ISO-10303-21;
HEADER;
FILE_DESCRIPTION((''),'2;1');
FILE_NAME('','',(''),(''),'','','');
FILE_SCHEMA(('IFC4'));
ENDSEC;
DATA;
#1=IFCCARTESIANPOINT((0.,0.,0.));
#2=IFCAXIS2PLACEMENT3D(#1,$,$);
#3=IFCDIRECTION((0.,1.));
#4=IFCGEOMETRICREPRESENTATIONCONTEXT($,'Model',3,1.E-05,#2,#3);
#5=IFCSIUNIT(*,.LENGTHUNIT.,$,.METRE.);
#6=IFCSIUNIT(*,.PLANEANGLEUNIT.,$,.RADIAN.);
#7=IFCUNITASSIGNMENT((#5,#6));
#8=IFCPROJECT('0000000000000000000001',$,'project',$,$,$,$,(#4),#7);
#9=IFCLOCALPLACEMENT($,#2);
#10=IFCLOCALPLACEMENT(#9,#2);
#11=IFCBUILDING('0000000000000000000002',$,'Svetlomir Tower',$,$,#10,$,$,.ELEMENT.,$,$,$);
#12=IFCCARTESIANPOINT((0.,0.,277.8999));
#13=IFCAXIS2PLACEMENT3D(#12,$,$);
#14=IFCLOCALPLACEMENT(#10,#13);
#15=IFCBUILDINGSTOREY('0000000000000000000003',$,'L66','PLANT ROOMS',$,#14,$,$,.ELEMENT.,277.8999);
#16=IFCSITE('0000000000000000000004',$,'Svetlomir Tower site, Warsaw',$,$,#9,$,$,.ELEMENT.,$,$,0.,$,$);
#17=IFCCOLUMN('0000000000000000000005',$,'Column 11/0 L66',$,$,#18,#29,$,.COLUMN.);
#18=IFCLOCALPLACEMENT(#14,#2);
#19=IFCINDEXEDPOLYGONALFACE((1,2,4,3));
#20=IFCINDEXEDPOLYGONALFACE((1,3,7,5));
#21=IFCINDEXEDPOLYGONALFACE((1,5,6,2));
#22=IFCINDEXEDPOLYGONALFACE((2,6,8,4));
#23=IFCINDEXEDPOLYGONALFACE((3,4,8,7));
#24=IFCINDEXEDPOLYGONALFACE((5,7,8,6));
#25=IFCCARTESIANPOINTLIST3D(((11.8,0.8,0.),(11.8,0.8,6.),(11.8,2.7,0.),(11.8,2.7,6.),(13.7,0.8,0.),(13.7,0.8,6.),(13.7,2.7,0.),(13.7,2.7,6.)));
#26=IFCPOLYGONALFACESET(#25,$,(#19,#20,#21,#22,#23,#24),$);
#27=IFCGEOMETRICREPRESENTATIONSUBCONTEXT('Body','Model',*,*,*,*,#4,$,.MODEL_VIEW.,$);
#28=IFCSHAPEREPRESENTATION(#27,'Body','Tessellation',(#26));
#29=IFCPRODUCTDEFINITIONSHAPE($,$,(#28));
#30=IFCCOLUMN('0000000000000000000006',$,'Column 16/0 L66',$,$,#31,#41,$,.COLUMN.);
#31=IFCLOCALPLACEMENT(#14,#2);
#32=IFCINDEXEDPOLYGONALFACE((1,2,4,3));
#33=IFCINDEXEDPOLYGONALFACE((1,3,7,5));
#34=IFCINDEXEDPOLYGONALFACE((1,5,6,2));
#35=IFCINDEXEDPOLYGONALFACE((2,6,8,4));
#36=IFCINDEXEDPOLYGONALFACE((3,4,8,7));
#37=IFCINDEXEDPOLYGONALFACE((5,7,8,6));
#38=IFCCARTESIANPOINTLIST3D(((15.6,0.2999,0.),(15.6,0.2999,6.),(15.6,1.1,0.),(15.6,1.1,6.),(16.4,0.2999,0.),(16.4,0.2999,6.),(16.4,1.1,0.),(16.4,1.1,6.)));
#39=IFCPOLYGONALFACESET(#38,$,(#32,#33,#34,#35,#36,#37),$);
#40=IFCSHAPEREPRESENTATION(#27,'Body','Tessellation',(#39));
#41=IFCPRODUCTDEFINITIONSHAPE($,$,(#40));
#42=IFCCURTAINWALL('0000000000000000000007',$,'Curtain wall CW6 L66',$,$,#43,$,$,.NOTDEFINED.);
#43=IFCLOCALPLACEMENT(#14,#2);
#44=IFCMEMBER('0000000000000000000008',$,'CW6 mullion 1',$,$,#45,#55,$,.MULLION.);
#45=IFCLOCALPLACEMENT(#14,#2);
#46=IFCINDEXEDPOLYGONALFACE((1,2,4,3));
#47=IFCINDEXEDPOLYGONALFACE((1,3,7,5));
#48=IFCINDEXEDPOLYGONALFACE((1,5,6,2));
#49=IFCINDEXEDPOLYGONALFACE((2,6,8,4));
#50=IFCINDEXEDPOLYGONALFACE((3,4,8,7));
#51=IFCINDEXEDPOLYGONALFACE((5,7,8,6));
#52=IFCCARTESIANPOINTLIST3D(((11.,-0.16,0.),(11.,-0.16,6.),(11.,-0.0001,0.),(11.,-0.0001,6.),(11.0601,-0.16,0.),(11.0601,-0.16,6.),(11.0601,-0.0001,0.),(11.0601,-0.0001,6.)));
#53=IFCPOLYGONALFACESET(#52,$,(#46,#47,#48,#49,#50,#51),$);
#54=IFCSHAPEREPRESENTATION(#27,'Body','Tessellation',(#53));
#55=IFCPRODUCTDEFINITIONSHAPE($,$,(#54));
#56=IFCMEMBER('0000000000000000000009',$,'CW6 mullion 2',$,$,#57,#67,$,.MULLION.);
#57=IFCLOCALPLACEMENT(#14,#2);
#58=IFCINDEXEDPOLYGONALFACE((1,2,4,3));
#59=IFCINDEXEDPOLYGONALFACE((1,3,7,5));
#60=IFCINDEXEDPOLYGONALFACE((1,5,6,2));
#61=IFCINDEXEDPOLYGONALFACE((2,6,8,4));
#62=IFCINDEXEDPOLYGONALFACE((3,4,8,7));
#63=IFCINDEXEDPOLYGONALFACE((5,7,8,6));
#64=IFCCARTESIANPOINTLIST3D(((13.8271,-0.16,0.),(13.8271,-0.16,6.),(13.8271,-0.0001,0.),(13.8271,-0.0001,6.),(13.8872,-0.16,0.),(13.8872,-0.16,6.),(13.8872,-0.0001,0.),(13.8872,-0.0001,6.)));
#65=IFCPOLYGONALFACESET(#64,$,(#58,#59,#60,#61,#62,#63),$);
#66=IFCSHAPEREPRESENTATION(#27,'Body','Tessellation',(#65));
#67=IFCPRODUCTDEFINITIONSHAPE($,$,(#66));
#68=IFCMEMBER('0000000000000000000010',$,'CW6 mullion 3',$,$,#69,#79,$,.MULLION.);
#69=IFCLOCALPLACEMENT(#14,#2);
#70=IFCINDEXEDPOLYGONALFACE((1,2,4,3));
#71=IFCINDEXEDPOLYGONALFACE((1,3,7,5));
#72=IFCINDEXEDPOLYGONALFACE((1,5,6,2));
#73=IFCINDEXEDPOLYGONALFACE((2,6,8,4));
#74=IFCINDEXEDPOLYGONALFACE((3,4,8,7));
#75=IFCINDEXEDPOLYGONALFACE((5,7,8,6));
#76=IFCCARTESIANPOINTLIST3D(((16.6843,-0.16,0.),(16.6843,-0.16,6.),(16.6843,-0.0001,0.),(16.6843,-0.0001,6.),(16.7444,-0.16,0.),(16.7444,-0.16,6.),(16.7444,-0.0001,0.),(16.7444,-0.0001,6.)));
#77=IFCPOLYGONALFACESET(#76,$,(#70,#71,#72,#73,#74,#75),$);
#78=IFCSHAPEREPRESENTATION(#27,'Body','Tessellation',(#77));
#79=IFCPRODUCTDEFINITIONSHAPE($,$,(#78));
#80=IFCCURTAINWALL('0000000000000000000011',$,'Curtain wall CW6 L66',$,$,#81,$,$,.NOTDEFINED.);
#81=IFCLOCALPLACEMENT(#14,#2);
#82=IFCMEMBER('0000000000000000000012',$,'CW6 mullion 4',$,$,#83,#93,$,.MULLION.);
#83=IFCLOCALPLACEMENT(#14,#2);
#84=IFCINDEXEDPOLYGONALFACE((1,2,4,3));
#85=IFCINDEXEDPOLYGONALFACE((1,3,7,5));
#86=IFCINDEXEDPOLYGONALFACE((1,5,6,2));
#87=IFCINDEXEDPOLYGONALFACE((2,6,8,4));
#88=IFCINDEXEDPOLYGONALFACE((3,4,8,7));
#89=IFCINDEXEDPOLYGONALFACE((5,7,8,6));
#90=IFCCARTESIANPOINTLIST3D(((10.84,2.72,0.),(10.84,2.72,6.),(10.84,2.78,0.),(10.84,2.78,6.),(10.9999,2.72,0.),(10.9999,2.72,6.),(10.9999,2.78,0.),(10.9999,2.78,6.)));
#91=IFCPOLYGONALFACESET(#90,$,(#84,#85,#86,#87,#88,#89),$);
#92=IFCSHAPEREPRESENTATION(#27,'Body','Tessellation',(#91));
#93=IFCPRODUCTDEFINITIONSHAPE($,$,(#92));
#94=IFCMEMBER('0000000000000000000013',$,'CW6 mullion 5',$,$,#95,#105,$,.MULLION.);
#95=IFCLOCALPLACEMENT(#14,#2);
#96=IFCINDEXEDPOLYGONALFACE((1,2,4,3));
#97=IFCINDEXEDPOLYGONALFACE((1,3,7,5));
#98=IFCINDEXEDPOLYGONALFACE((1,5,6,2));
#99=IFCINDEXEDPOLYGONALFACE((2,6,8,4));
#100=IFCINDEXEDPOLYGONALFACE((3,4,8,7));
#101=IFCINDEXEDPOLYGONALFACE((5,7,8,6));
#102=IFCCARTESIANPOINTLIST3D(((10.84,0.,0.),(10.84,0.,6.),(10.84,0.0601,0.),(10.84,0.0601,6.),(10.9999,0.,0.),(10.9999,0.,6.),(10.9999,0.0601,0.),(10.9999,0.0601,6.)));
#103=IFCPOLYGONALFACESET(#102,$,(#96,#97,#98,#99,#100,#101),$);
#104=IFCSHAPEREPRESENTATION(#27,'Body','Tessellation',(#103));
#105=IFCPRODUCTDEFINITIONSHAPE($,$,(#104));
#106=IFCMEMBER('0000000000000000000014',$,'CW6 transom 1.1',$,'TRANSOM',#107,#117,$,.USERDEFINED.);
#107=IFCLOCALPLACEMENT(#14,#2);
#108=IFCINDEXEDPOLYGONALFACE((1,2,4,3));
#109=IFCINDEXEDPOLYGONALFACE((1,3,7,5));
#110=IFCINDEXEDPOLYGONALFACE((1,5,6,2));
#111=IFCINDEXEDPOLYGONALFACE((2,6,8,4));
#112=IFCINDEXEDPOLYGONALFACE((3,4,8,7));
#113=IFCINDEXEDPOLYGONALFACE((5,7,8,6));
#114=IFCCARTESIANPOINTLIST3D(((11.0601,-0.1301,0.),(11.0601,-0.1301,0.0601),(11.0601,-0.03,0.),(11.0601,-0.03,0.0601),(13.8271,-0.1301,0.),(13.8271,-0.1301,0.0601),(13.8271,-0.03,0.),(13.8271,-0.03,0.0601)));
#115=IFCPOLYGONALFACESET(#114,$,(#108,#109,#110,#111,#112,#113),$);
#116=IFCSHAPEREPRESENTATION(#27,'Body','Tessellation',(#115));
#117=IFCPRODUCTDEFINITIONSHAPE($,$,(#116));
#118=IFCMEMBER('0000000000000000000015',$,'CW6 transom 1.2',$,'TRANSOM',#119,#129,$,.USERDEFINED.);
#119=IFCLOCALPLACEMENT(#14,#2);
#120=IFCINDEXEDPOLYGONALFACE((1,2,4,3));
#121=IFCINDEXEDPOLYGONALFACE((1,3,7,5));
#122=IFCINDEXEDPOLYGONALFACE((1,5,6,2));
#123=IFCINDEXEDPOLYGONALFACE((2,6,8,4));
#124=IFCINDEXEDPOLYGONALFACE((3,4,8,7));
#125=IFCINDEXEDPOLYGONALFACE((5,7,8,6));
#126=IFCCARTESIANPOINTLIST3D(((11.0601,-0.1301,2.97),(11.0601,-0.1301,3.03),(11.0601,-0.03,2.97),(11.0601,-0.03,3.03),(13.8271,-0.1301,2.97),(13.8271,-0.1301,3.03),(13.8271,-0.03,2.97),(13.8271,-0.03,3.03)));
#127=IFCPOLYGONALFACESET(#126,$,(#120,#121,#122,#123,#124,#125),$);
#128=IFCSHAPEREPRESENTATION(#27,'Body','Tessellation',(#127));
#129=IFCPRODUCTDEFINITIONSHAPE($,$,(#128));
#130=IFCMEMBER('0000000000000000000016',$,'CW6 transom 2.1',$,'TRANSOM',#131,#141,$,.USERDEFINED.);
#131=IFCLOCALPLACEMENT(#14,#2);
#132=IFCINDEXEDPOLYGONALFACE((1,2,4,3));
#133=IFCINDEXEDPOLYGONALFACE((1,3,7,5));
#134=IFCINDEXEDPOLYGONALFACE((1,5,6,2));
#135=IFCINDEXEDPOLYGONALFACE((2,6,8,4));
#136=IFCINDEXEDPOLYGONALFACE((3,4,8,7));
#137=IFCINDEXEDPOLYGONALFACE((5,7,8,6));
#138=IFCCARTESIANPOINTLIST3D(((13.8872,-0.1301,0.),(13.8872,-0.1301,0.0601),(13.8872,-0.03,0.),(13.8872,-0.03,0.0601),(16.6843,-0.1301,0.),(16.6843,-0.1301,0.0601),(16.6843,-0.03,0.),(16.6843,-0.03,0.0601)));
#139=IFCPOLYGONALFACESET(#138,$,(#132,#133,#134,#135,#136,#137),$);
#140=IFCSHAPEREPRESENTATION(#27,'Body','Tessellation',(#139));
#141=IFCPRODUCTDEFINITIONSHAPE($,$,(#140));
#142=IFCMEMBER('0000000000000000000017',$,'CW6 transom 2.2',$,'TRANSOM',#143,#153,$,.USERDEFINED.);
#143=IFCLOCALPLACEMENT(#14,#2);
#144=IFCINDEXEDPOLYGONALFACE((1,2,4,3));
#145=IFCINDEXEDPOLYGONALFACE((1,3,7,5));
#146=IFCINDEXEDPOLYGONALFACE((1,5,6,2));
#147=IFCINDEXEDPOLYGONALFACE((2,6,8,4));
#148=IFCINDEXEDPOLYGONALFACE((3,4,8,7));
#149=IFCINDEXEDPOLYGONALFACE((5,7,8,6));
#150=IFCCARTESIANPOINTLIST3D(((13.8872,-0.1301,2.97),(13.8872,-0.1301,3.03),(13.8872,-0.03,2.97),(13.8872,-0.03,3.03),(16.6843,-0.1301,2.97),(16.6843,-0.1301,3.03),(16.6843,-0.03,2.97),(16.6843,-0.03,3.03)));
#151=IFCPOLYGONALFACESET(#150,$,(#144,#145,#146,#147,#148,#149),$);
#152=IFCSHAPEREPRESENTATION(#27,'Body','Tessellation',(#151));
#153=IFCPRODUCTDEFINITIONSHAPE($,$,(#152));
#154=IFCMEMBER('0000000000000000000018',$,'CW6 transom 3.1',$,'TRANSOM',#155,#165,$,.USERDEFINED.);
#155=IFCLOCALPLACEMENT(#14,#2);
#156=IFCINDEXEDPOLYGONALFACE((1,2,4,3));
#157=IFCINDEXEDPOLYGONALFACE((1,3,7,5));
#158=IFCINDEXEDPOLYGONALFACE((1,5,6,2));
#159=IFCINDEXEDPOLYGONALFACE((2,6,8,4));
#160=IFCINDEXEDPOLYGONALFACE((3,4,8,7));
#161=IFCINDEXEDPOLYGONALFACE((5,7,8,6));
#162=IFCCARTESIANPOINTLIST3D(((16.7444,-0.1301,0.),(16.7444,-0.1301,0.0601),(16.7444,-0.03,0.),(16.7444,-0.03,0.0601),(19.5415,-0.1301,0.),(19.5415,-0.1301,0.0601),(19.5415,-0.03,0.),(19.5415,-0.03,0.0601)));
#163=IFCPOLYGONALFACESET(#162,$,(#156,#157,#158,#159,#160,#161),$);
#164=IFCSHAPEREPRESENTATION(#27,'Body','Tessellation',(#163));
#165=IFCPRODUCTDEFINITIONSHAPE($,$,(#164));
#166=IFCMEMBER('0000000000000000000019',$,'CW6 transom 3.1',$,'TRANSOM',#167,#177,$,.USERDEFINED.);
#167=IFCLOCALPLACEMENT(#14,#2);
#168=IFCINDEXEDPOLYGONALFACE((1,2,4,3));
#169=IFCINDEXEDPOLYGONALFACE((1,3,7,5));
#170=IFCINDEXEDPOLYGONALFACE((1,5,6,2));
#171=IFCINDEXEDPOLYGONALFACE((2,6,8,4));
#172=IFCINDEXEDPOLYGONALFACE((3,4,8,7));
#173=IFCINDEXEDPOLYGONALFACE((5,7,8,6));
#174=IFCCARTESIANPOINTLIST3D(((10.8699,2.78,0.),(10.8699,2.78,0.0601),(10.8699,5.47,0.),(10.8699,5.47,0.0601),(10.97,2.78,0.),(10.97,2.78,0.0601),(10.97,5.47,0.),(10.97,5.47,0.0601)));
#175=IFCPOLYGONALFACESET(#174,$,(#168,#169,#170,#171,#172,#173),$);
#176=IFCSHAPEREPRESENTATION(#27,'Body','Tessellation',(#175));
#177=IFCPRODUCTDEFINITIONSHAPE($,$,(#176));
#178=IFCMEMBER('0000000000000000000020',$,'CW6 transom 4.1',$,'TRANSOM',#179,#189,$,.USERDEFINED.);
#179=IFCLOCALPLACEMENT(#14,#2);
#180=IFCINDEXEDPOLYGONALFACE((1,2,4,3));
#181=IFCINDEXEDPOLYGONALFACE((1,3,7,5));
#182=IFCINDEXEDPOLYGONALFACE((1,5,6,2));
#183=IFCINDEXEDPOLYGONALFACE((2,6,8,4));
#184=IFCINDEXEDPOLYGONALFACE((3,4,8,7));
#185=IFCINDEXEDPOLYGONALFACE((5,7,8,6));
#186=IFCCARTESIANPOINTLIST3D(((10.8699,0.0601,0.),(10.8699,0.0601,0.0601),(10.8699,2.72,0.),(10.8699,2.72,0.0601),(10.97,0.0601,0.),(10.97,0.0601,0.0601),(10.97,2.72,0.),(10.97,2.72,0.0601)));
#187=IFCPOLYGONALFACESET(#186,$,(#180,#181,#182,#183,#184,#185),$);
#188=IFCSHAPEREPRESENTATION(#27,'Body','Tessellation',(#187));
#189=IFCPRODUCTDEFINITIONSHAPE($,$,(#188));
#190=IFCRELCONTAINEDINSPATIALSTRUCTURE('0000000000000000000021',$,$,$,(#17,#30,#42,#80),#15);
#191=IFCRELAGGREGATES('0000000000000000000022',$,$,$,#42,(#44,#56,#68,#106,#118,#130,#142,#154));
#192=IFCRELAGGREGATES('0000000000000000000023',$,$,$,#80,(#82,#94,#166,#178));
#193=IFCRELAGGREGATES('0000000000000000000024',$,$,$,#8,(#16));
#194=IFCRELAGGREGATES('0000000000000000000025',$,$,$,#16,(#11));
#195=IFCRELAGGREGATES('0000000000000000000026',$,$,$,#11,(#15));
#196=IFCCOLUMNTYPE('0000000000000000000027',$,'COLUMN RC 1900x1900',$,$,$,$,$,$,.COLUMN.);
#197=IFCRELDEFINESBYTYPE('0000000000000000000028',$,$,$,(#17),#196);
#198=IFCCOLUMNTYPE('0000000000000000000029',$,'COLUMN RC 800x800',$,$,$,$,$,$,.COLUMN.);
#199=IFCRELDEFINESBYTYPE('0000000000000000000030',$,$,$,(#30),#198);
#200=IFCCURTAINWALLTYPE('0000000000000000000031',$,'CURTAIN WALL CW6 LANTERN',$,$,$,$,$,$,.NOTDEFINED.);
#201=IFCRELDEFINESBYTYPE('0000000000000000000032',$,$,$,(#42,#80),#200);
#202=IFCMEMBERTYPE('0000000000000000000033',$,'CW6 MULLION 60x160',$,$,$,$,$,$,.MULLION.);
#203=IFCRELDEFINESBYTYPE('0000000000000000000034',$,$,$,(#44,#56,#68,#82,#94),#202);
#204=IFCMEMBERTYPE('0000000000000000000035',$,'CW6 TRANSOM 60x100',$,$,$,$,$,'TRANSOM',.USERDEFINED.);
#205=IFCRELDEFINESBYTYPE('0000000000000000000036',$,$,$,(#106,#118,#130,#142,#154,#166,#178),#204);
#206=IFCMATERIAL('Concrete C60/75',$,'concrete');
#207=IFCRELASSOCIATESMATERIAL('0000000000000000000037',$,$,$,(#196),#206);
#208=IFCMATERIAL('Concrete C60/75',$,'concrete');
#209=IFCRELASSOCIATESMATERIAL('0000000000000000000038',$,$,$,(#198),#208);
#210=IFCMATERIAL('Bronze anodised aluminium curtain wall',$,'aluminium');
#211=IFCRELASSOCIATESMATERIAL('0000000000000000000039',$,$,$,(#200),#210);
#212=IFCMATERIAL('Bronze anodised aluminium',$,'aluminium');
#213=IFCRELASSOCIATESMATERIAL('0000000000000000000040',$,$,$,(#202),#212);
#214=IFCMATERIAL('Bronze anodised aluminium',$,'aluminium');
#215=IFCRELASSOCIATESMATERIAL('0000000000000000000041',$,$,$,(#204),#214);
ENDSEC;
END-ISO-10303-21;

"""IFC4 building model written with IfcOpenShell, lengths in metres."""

from ifc_helpers import new_model, si_unit, direction, frame, origin, origin_2d, place, context, subcontext, project, spatial, rectangle, extrude, material, material_profile, profile_set, type_object, element, aggregate, save


model = new_model("IFC4")

# Units and contexts
model_context = context("Model", 3, precision=1e-05, world=origin(), true_north=direction((0.0, 1.0)))
body_context = subcontext(model_context, "Body", "Model", "MODEL_VIEW")
ifc_project = project(units=[si_unit("LENGTHUNIT", "METRE"), si_unit("PLANEANGLEUNIT", "RADIAN")], contexts=[model_context])

# Site, building, storey
site_placement = place(None, origin())
site = spatial("IfcSite", under=ifc_project, at=site_placement, Name="Svetlomir Tower site, Warsaw", CompositionType="ELEMENT", RefElevation=0.0)
building_placement = place(site_placement, origin())
building = spatial("IfcBuilding", under=site, at=building_placement, Name="Svetlomir Tower", CompositionType="ELEMENT")
storey_placement = place(building_placement, frame((0.0, 0.0, 277.8999)))
storey = spatial("IfcBuildingStorey", under=building, at=storey_placement, Name="L66", Description="PLANT ROOMS", CompositionType="ELEMENT", Elevation=277.8999)

# Columns
ifc_material_1 = material(Name="Concrete C60/75", Category="concrete")
ifc_material_profile_1 = material_profile(ifc_material_1, rectangle(XDim=1.8999, YDim=1.8999, at=origin_2d()), Name="RC 1900x1900")
ifc_profile_set_1 = profile_set([ifc_material_profile_1], Name="Concrete C60/75")
column_type_1 = type_object("IfcColumnType", Name="COLUMN RC 1900x1900", PredefinedType="COLUMN", material=ifc_profile_set_1)
column_1_placement = place(storey_placement, frame((12.75, 1.75, 0.0), z_axis=(0.0, 0.0, 1.0), x_axis=(1.0, 0.0, 0.0)))
element("IfcColumn", 1, at=column_1_placement, inside=storey, type_object=column_type_1, Name="Column 11/0 L66", PredefinedType="COLUMN", context=body_context, shape_type="SweptSolid", body=[
    extrude(rectangle(XDim=1.8999, YDim=1.8999, at=origin_2d()), origin(), (0.0, 0.0, 1.0), 6.0),
])
ifc_material_2 = material(Name="Concrete C60/75", Category="concrete")
ifc_material_profile_2 = material_profile(ifc_material_2, rectangle(XDim=0.8, YDim=0.8, at=origin_2d()), Name="RC 800x800")
ifc_profile_set_2 = profile_set([ifc_material_profile_2], Name="Concrete C60/75")
column_type_2 = type_object("IfcColumnType", Name="COLUMN RC 800x800", PredefinedType="COLUMN", material=ifc_profile_set_2)
column_2_placement = place(storey_placement, frame((16.0, 0.7, 0.0), z_axis=(0.0, 0.0, 1.0), x_axis=(1.0, 0.0, 0.0)))
element("IfcColumn", 2, at=column_2_placement, inside=storey, type_object=column_type_2, Name="Column 16/0 L66", PredefinedType="COLUMN", context=body_context, shape_type="SweptSolid", body=[
    extrude(rectangle(XDim=0.8, YDim=0.8, at=origin_2d()), origin(), (0.0, 0.0, 1.0), 6.0),
])

# Curtain walls, members
ifc_material_3 = material(Name="Bronze anodised aluminium curtain wall", Category="aluminium")
curtain_wall_type = type_object("IfcCurtainWallType", Name="CURTAIN WALL CW6 LANTERN", PredefinedType="NOTDEFINED", material=ifc_material_3)
curtain_wall_1_placement = place(storey_placement, origin())
curtain_wall_1 = element("IfcCurtainWall", 3, at=curtain_wall_1_placement, inside=storey, type_object=curtain_wall_type, Name="Curtain wall CW6 L66", PredefinedType="NOTDEFINED")
ifc_material_4 = material(Name="Bronze anodised aluminium", Category="aluminium")
ifc_material_profile_3 = material_profile(ifc_material_4, rectangle(XDim=0.0601, YDim=0.1599, at=origin_2d()), Name="AL 60x160")
ifc_profile_set_3 = profile_set([ifc_material_profile_3], Name="Bronze anodised aluminium 6063-T6")
member_type_1 = type_object("IfcMemberType", Name="CW6 MULLION 60x160", PredefinedType="MULLION", material=ifc_profile_set_3)
member_1_placement = place(storey_placement, frame((11.03, -0.0801, 0.0), z_axis=(0.0, 0.0, 1.0), x_axis=(1.0, 0.0, 0.0)))
member_1 = element("IfcMember", 4, at=member_1_placement, type_object=member_type_1, Name="CW6 mullion 1", PredefinedType="MULLION", context=body_context, shape_type="SweptSolid", body=[
    extrude(rectangle(XDim=0.0601, YDim=0.1599, at=origin_2d()), origin(), (0.0, 0.0, 1.0), 6.0),
])
member_2_placement = place(storey_placement, frame((13.8572, -0.0801, 0.0), z_axis=(0.0, 0.0, 1.0), x_axis=(1.0, 0.0, 0.0)))
member_2 = element("IfcMember", 5, at=member_2_placement, type_object=member_type_1, Name="CW6 mullion 2", PredefinedType="MULLION", context=body_context, shape_type="SweptSolid", body=[
    extrude(rectangle(XDim=0.0601, YDim=0.1599, at=origin_2d()), origin(), (0.0, 0.0, 1.0), 6.0),
])
member_3_placement = place(storey_placement, frame((16.7144, -0.0801, 0.0), z_axis=(0.0, 0.0, 1.0), x_axis=(1.0, 0.0, 0.0)))
member_3 = element("IfcMember", 6, at=member_3_placement, type_object=member_type_1, Name="CW6 mullion 3", PredefinedType="MULLION", context=body_context, shape_type="SweptSolid", body=[
    extrude(rectangle(XDim=0.0601, YDim=0.1599, at=origin_2d()), origin(), (0.0, 0.0, 1.0), 6.0),
])
curtain_wall_2_placement = place(storey_placement, origin())
curtain_wall_2 = element("IfcCurtainWall", 7, at=curtain_wall_2_placement, inside=storey, type_object=curtain_wall_type, Name="Curtain wall CW6 L66", PredefinedType="NOTDEFINED")
member_4_placement = place(storey_placement, frame((10.9199, 2.75, 0.0), z_axis=(0.0, 0.0, 1.0), x_axis=(0.0, -1.0, 0.0)))
member_4 = element("IfcMember", 8, at=member_4_placement, type_object=member_type_1, Name="CW6 mullion 4", PredefinedType="MULLION", context=body_context, shape_type="SweptSolid", body=[
    extrude(rectangle(XDim=0.0601, YDim=0.1599, at=origin_2d()), origin(), (0.0, 0.0, 1.0), 6.0),
])
member_5_placement = place(storey_placement, frame((10.9199, 0.03, 0.0), z_axis=(0.0, 0.0, 1.0), x_axis=(0.0, -1.0, 0.0)))
member_5 = element("IfcMember", 9, at=member_5_placement, type_object=member_type_1, Name="CW6 mullion 5", PredefinedType="MULLION", context=body_context, shape_type="SweptSolid", body=[
    extrude(rectangle(XDim=0.0601, YDim=0.1599, at=origin_2d()), origin(), (0.0, 0.0, 1.0), 6.0),
])

# Members
ifc_material_5 = material(Name="Bronze anodised aluminium", Category="aluminium")
ifc_material_profile_4 = material_profile(ifc_material_5, rectangle(XDim=0.1001, YDim=0.0601, at=origin_2d()), Name="AL 100x60")
ifc_profile_set_4 = profile_set([ifc_material_profile_4], Name="Bronze anodised aluminium 6063-T6")
member_type_2 = type_object("IfcMemberType", Name="CW6 TRANSOM 60x100", ElementType="TRANSOM", PredefinedType="USERDEFINED", material=ifc_profile_set_4)
member_6_placement = place(storey_placement, frame((11.0601, -0.0801, 0.03), z_axis=(1.0, 0.0, 0.0), x_axis=(0.0, 1.0, 0.0)))
member_6 = element("IfcMember", 10, at=member_6_placement, type_object=member_type_2, Name="CW6 transom 1.1", ObjectType="TRANSOM", PredefinedType="USERDEFINED", context=body_context, shape_type="SweptSolid", body=[
    extrude(rectangle(XDim=0.1001, YDim=0.0601, at=origin_2d()), origin(), (0.0, 0.0, 1.0), 2.7671),
])
member_7_placement = place(storey_placement, frame((11.0601, -0.0801, 3.0), z_axis=(1.0, 0.0, 0.0), x_axis=(0.0, 1.0, 0.0)))
member_7 = element("IfcMember", 11, at=member_7_placement, type_object=member_type_2, Name="CW6 transom 1.2", ObjectType="TRANSOM", PredefinedType="USERDEFINED", context=body_context, shape_type="SweptSolid", body=[
    extrude(rectangle(XDim=0.1001, YDim=0.0601, at=origin_2d()), origin(), (0.0, 0.0, 1.0), 2.7671),
])
member_8_placement = place(storey_placement, frame((13.8872, -0.0801, 0.03), z_axis=(1.0, 0.0, 0.0), x_axis=(0.0, 1.0, 0.0)))
member_8 = element("IfcMember", 12, at=member_8_placement, type_object=member_type_2, Name="CW6 transom 2.1", ObjectType="TRANSOM", PredefinedType="USERDEFINED", context=body_context, shape_type="SweptSolid", body=[
    extrude(rectangle(XDim=0.1001, YDim=0.0601, at=origin_2d()), origin(), (0.0, 0.0, 1.0), 2.7971),
])
member_9_placement = place(storey_placement, frame((13.8872, -0.0801, 3.0), z_axis=(1.0, 0.0, 0.0), x_axis=(0.0, 1.0, 0.0)))
member_9 = element("IfcMember", 13, at=member_9_placement, type_object=member_type_2, Name="CW6 transom 2.2", ObjectType="TRANSOM", PredefinedType="USERDEFINED", context=body_context, shape_type="SweptSolid", body=[
    extrude(rectangle(XDim=0.1001, YDim=0.0601, at=origin_2d()), origin(), (0.0, 0.0, 1.0), 2.7971),
])
member_10_placement = place(storey_placement, frame((16.7444, -0.0801, 0.03), z_axis=(1.0, 0.0, 0.0), x_axis=(0.0, 1.0, 0.0)))
member_10 = element("IfcMember", 14, at=member_10_placement, type_object=member_type_2, Name="CW6 transom 3.1", ObjectType="TRANSOM", PredefinedType="USERDEFINED", context=body_context, shape_type="SweptSolid", body=[
    extrude(rectangle(XDim=0.1001, YDim=0.0601, at=origin_2d()), origin(), (0.0, 0.0, 1.0), 2.7971),
])
member_11_placement = place(storey_placement, frame((10.9199, 5.47, 0.03), z_axis=(0.0, -1.0, 0.0), x_axis=(1.0, 0.0, 0.0)))
member_11 = element("IfcMember", 15, at=member_11_placement, type_object=member_type_2, Name="CW6 transom 3.1", ObjectType="TRANSOM", PredefinedType="USERDEFINED", context=body_context, shape_type="SweptSolid", body=[
    extrude(rectangle(XDim=0.1001, YDim=0.0601, at=origin_2d()), origin(), (0.0, 0.0, 1.0), 2.6899),
])
member_12_placement = place(storey_placement, frame((10.9199, 2.72, 0.03), z_axis=(0.0, -1.0, 0.0), x_axis=(1.0, 0.0, 0.0)))
member_12 = element("IfcMember", 16, at=member_12_placement, type_object=member_type_2, Name="CW6 transom 4.1", ObjectType="TRANSOM", PredefinedType="USERDEFINED", context=body_context, shape_type="SweptSolid", body=[
    extrude(rectangle(XDim=0.1001, YDim=0.0601, at=origin_2d()), origin(), (0.0, 0.0, 1.0), 2.6599),
])

aggregate(curtain_wall_1, [member_1, member_2, member_3, member_6, member_7, member_8, member_9, member_10])
aggregate(curtain_wall_2, [member_4, member_5, member_11, member_12])

save(model, "model.ifc")
